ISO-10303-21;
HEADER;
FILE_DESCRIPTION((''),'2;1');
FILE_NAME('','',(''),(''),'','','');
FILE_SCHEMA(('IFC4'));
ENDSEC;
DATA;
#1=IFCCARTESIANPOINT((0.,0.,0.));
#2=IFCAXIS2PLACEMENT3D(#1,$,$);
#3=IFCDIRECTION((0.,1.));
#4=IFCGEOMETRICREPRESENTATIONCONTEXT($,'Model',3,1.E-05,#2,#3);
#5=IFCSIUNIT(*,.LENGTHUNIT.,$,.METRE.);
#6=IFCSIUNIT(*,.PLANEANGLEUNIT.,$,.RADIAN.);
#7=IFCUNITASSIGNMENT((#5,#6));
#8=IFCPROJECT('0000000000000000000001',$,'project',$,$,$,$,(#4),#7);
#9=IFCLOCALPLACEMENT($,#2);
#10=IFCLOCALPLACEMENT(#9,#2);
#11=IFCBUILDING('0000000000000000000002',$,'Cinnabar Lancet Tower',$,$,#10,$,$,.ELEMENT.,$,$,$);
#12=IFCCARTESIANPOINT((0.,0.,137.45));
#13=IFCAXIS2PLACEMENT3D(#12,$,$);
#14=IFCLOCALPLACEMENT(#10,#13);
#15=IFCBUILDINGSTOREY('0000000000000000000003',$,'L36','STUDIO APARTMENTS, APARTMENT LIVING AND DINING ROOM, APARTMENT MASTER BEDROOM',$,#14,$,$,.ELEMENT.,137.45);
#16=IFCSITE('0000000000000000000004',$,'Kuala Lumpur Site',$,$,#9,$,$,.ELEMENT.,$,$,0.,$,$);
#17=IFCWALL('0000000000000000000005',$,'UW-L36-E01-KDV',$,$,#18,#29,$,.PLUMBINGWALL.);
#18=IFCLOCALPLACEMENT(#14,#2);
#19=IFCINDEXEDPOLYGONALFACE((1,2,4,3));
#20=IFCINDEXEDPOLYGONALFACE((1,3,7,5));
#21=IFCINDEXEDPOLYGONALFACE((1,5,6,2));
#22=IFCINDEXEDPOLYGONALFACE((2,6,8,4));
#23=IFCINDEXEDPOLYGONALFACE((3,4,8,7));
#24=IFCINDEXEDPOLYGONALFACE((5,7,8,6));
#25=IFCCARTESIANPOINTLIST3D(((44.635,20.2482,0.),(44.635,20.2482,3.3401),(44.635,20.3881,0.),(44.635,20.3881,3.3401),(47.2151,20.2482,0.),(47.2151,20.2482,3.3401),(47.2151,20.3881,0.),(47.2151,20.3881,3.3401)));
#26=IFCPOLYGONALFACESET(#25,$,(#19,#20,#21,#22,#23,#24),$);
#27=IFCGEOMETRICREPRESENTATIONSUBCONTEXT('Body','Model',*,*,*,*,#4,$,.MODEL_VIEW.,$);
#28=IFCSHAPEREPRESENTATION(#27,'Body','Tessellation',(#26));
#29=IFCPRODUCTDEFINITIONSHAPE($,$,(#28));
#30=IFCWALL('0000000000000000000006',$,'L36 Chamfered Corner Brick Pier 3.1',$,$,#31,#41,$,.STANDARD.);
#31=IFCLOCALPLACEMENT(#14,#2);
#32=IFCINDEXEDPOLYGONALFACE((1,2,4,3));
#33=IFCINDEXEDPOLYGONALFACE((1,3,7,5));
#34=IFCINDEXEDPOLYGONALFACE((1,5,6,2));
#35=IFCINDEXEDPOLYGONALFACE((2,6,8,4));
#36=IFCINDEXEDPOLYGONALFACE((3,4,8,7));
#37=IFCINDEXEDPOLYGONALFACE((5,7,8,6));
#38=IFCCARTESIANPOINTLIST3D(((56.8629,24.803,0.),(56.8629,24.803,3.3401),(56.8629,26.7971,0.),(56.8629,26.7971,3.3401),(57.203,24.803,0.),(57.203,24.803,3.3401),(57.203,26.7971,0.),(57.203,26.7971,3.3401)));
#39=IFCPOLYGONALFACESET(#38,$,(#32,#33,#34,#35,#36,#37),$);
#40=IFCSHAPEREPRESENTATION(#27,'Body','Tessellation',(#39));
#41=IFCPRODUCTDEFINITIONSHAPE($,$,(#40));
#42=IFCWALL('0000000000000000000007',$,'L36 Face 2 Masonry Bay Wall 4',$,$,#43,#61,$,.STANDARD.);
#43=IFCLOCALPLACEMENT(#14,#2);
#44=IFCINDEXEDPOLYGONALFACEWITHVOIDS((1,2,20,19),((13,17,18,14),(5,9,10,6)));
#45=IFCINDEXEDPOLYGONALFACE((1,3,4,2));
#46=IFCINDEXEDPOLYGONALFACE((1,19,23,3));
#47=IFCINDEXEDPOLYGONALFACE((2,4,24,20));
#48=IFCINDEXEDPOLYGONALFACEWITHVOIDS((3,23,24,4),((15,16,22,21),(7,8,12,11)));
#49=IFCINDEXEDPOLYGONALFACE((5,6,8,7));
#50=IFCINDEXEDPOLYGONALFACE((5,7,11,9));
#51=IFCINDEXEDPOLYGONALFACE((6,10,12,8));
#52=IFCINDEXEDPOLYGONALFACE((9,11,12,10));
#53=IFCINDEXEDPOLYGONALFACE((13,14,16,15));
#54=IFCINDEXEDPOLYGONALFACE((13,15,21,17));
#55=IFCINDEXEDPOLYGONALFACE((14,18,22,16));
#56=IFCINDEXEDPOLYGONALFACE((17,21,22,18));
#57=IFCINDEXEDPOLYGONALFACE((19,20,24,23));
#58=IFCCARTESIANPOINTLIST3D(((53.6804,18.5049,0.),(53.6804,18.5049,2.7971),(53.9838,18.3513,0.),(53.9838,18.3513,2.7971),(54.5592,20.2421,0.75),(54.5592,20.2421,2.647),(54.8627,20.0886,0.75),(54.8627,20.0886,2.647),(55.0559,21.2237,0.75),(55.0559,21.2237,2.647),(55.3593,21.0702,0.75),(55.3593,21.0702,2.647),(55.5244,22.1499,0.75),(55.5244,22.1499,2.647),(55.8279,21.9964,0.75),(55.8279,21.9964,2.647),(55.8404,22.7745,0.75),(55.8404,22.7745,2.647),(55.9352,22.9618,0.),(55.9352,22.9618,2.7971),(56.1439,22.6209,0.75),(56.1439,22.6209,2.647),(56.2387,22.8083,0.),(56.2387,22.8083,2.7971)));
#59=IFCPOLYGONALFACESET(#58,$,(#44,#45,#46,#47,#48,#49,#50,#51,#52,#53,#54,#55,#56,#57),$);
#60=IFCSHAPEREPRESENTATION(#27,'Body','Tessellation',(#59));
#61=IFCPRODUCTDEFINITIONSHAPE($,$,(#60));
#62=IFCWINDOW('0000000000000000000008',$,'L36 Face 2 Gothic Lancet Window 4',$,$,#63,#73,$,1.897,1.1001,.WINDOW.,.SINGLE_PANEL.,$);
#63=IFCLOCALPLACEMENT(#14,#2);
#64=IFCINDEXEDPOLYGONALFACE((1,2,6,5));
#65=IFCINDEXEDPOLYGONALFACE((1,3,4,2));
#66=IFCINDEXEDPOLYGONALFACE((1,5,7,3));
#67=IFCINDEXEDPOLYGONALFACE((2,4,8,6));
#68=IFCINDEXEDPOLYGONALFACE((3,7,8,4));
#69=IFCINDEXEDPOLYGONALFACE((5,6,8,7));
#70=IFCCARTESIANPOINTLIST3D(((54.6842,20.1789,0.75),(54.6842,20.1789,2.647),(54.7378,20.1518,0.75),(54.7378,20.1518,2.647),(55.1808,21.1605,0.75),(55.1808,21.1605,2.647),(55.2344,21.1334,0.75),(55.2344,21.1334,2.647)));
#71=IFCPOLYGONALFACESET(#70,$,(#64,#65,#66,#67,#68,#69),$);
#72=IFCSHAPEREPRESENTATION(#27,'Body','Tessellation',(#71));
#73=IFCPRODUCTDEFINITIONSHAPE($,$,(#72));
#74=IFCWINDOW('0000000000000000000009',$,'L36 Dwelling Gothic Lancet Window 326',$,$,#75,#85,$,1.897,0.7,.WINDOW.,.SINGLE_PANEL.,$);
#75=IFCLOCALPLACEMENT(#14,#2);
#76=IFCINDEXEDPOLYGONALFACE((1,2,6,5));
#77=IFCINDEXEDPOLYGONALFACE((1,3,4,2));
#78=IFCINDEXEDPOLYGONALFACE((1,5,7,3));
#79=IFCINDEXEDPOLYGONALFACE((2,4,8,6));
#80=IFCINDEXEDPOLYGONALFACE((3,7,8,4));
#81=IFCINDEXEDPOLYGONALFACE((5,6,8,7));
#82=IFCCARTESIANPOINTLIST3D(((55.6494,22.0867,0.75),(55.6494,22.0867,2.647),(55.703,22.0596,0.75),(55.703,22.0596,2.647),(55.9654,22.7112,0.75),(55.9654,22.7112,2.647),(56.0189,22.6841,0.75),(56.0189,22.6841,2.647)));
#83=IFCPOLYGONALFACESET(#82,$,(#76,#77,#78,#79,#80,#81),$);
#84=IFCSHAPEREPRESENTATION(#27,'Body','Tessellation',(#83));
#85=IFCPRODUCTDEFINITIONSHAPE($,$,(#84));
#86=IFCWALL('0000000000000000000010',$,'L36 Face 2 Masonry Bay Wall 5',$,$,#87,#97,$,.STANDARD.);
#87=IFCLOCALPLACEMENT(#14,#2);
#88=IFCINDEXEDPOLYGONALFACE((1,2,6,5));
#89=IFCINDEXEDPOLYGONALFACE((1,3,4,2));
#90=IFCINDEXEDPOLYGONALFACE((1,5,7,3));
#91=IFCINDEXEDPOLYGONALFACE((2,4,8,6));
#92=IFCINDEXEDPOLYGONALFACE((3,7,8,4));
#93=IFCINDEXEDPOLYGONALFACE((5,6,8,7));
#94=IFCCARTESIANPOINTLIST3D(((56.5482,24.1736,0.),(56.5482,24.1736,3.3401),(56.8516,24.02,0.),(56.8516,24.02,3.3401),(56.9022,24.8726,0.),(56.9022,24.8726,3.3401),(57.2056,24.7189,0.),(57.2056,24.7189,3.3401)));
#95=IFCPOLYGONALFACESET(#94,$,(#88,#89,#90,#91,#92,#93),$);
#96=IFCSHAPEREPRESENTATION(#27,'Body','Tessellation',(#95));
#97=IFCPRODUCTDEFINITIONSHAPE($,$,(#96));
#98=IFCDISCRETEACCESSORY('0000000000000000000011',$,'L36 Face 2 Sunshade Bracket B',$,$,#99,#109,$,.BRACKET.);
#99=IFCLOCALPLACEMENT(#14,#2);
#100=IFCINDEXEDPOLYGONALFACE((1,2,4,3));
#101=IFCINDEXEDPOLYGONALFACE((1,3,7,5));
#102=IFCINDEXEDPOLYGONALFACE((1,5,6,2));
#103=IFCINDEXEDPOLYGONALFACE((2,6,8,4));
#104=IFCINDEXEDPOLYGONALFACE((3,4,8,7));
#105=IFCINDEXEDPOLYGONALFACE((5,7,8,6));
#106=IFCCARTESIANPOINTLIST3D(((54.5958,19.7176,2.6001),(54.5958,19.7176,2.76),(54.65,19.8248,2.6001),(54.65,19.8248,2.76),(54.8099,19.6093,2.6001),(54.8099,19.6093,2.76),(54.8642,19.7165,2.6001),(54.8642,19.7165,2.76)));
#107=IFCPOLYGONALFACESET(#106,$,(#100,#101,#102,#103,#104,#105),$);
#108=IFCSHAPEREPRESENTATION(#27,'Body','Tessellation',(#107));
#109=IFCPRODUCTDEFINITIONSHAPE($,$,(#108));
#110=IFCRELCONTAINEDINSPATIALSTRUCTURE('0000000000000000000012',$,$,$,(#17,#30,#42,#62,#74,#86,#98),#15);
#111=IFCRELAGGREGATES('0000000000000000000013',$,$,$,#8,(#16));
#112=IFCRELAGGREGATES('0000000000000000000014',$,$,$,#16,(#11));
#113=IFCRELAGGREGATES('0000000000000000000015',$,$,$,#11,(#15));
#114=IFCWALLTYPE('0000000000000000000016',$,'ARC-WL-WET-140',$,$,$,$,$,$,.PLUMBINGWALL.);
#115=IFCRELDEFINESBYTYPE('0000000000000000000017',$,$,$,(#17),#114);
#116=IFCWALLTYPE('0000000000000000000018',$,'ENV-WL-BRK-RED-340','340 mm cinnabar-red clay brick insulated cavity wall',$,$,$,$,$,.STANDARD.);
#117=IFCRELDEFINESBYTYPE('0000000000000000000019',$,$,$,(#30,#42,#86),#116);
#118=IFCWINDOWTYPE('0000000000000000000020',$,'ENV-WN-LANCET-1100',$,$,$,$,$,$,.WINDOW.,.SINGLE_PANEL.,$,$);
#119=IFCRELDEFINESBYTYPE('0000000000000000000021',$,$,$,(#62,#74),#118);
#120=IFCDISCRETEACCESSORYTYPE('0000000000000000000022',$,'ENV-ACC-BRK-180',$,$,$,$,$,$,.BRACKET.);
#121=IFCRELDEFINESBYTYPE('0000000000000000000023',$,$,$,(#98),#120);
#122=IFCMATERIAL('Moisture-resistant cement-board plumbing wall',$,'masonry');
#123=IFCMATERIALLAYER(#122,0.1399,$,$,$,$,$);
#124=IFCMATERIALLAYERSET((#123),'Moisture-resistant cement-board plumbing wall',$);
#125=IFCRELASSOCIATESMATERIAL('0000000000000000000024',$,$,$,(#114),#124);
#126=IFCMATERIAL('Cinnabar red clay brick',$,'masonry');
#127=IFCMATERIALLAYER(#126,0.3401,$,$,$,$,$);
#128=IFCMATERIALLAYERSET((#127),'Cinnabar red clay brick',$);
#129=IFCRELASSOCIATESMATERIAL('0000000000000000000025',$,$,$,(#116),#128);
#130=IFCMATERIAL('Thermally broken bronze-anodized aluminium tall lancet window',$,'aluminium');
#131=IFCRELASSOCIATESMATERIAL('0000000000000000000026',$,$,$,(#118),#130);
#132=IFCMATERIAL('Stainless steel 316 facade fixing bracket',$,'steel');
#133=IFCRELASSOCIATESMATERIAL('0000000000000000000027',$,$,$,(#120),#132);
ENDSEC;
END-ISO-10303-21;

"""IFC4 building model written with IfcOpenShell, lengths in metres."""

from ifc_helpers import new_model, si_unit, direction, frame, frame_2d, origin, origin_2d, place, context, subcontext, project, spatial, rectangle, extrude, material, layer, layer_set, type_object, element, fill, save


model = new_model("IFC4")

# Units and contexts
model_context = context("Model", 3, precision=1e-05, world=origin(), true_north=direction((0.0, 1.0)))
body_context = subcontext(model_context, "Body", "Model", "MODEL_VIEW")
ifc_project = project(units=[si_unit("LENGTHUNIT", "METRE"), si_unit("PLANEANGLEUNIT", "RADIAN")], contexts=[model_context])

# Site, building, storey
site_placement = place(None, origin())
site = spatial("IfcSite", under=ifc_project, at=site_placement, Name="Kuala Lumpur Site", CompositionType="ELEMENT", RefElevation=0.0)
building_placement = place(site_placement, origin())
building = spatial("IfcBuilding", under=site, at=building_placement, Name="Cinnabar Lancet Tower", CompositionType="ELEMENT")
storey_placement = place(building_placement, frame((0.0, 0.0, 137.45)))
storey = spatial("IfcBuildingStorey", under=building, at=storey_placement, Name="L36", Description="STUDIO APARTMENTS, APARTMENT LIVING AND DINING ROOM, APARTMENT MASTER BEDROOM", CompositionType="ELEMENT", Elevation=137.45)

# Shared definitions
ifc_material_1 = material(Name="Moisture-resistant cement-board plumbing wall", Category="masonry")
ifc_layer_1 = layer(ifc_material_1, 0.1399)
ifc_layer_set_1 = layer_set([ifc_layer_1], Name="Moisture-resistant cement-board plumbing wall")
wall_type_1 = type_object("IfcWallType", Name="ARC-WL-WET-140", PredefinedType="PLUMBINGWALL", material=ifc_layer_set_1)

# Walls
for number, where, z_axis, x_axis, name in (
    (1, (44.635, 20.3181, 0.0), (0.0, 0.0, 1.0), (1.0, 0.0, 0.0), "UW-L36-E01-KDV"),
):
    element("IfcWall", number, at=place(storey_placement, frame(where, z_axis=z_axis, x_axis=x_axis)), inside=storey, type_object=wall_type_1, Name=name, PredefinedType="PLUMBINGWALL", context=body_context, shape_type="SweptSolid", body=[
        extrude(rectangle(XDim=2.5801, YDim=0.1399, at=frame_2d((1.29, 0.0))), origin(), (0.0, 0.0, 1.0), 3.3401),
    ])
ifc_material_2 = material(Name="Cinnabar red clay brick", Category="masonry")
ifc_layer_2 = layer(ifc_material_2, 0.3401)
ifc_layer_set_2 = layer_set([ifc_layer_2], Name="Cinnabar red clay brick")
wall_type_2 = type_object("IfcWallType", Name="ENV-WL-BRK-RED-340", Description="340 mm cinnabar-red clay brick insulated cavity wall", PredefinedType="STANDARD", material=ifc_layer_set_2)
wall_1_placement = place(storey_placement, frame((57.033, 24.803, 0.0), z_axis=(0.0, 0.0, 1.0), x_axis=(0.0, 1.0, 0.0)))
element("IfcWall", 2, at=wall_1_placement, inside=storey, type_object=wall_type_2, Name="L36 Chamfered Corner Brick Pier 3.1", PredefinedType="STANDARD", context=body_context, shape_type="SweptSolid", body=[
    extrude(rectangle(XDim=1.9941, YDim=0.3401, at=frame_2d((0.9971, 0.0))), origin(), (0.0, 0.0, 1.0), 3.3401),
])

# Wall, openings, windows
wall_2_placement = place(storey_placement, frame((53.832, 18.428, 0.0), z_axis=(0.0, 0.0, 1.0), x_axis=(0.451432, 0.892306, 0.0)))
wall_2 = element("IfcWall", 3, at=wall_2_placement, inside=storey, type_object=wall_type_2, Name="L36 Face 2 Masonry Bay Wall 4", PredefinedType="STANDARD", context=body_context, shape_type="SweptSolid", body=[
    extrude(rectangle(XDim=4.9949, YDim=0.3401, at=frame_2d((2.4976, 0.0))), origin(), (0.0, 0.0, 1.0), 2.7971),
])
opening_1_placement = place(wall_2_placement, frame((1.947, 0.0, 0.75)))
opening_1 = element("IfcOpeningElement", 4, at=opening_1_placement, cuts=wall_2, PredefinedType="OPENING", context=body_context, shape_type="SweptSolid", body=[
    extrude(rectangle(XDim=1.1001, YDim=1.897, at=frame_2d((0.55, 0.9485))), frame((0.0, 0.1799, 0.0), z_axis=(0.0, -1.0, 0.0), x_axis=(1.0, 0.0, 0.0)), (0.0, 0.0, 1.0), 0.3601),
])
opening_2_placement = place(wall_2_placement, frame((4.085, 0.0, 0.75)))
opening_2 = element("IfcOpeningElement", 5, at=opening_2_placement, cuts=wall_2, PredefinedType="OPENING", context=body_context, shape_type="SweptSolid", body=[
    extrude(rectangle(XDim=0.7, YDim=1.897, at=frame_2d((0.3501, 0.9485))), frame((0.0, 0.1799, 0.0), z_axis=(0.0, -1.0, 0.0), x_axis=(1.0, 0.0, 0.0)), (0.0, 0.0, 1.0), 0.3601),
])
ifc_material_3 = material(Name="Thermally broken bronze-anodized aluminium tall lancet window", Category="aluminium")
window_type = type_object("IfcWindowType", Name="ENV-WN-LANCET-1100", PartitioningType="SINGLE_PANEL", PredefinedType="WINDOW", material=ifc_material_3)
window_1_placement = place(opening_1_placement, origin())
window_1 = element("IfcWindow", 6, at=window_1_placement, inside=storey, type_object=window_type, Name="L36 Face 2 Gothic Lancet Window 4", OverallHeight=1.897, OverallWidth=1.1001, PartitioningType="SINGLE_PANEL", PredefinedType="WINDOW", context=body_context, shape_type="SweptSolid", body=[
    extrude(rectangle(XDim=1.1001, YDim=1.897, at=frame_2d((0.55, 0.9485))), frame((0.0, 0.03, 0.0), z_axis=(0.0, -1.0, 0.0), x_axis=(1.0, 0.0, 0.0)), (0.0, 0.0, 1.0), 0.0601),
])
fill(opening_1, window_1)
window_2_placement = place(opening_2_placement, origin())
window_2 = element("IfcWindow", 7, at=window_2_placement, inside=storey, type_object=window_type, Name="L36 Dwelling Gothic Lancet Window 326", OverallHeight=1.897, OverallWidth=0.7, PartitioningType="SINGLE_PANEL", PredefinedType="WINDOW", context=body_context, shape_type="SweptSolid", body=[
    extrude(rectangle(XDim=0.7, YDim=1.897, at=frame_2d((0.3501, 0.9485))), frame((0.0, 0.03, 0.0), z_axis=(0.0, -1.0, 0.0), x_axis=(1.0, 0.0, 0.0)), (0.0, 0.0, 1.0), 0.0601),
])
fill(opening_2, window_2)

# Wall
wall_3_placement = place(storey_placement, frame((56.7, 24.0969, 0.0), z_axis=(0.0, 0.0, 1.0), x_axis=(0.451819, 0.892109, 0.0)))
element("IfcWall", 8, at=wall_3_placement, inside=storey, type_object=wall_type_2, Name="L36 Face 2 Masonry Bay Wall 5", PredefinedType="STANDARD", context=body_context, shape_type="SweptSolid", body=[
    extrude(rectangle(XDim=0.7834, YDim=0.3401, at=frame_2d((0.3916, 0.0))), origin(), (0.0, 0.0, 1.0), 3.3401),
])

# Discrete accessory
ifc_material_4 = material(Name="Stainless steel 316 facade fixing bracket", Category="steel")
discrete_accessory_type = type_object("IfcDiscreteAccessoryType", Name="ENV-ACC-BRK-180", PredefinedType="BRACKET", material=ifc_material_4)
discrete_accessory_placement = place(storey_placement, frame((54.73, 19.717, 2.6001), z_axis=(0.0, 0.0, 1.0), x_axis=(0.451454, 0.892294, 0.0)))
element("IfcDiscreteAccessory", 9, at=discrete_accessory_placement, inside=storey, type_object=discrete_accessory_type, Name="L36 Face 2 Sunshade Bracket B", PredefinedType="BRACKET", context=body_context, shape_type="SweptSolid", body=[
    extrude(rectangle(XDim=0.1201, YDim=0.24, at=origin_2d()), origin(), (0.0, 0.0, 1.0), 0.1599),
])

save(model, "model.ifc")
